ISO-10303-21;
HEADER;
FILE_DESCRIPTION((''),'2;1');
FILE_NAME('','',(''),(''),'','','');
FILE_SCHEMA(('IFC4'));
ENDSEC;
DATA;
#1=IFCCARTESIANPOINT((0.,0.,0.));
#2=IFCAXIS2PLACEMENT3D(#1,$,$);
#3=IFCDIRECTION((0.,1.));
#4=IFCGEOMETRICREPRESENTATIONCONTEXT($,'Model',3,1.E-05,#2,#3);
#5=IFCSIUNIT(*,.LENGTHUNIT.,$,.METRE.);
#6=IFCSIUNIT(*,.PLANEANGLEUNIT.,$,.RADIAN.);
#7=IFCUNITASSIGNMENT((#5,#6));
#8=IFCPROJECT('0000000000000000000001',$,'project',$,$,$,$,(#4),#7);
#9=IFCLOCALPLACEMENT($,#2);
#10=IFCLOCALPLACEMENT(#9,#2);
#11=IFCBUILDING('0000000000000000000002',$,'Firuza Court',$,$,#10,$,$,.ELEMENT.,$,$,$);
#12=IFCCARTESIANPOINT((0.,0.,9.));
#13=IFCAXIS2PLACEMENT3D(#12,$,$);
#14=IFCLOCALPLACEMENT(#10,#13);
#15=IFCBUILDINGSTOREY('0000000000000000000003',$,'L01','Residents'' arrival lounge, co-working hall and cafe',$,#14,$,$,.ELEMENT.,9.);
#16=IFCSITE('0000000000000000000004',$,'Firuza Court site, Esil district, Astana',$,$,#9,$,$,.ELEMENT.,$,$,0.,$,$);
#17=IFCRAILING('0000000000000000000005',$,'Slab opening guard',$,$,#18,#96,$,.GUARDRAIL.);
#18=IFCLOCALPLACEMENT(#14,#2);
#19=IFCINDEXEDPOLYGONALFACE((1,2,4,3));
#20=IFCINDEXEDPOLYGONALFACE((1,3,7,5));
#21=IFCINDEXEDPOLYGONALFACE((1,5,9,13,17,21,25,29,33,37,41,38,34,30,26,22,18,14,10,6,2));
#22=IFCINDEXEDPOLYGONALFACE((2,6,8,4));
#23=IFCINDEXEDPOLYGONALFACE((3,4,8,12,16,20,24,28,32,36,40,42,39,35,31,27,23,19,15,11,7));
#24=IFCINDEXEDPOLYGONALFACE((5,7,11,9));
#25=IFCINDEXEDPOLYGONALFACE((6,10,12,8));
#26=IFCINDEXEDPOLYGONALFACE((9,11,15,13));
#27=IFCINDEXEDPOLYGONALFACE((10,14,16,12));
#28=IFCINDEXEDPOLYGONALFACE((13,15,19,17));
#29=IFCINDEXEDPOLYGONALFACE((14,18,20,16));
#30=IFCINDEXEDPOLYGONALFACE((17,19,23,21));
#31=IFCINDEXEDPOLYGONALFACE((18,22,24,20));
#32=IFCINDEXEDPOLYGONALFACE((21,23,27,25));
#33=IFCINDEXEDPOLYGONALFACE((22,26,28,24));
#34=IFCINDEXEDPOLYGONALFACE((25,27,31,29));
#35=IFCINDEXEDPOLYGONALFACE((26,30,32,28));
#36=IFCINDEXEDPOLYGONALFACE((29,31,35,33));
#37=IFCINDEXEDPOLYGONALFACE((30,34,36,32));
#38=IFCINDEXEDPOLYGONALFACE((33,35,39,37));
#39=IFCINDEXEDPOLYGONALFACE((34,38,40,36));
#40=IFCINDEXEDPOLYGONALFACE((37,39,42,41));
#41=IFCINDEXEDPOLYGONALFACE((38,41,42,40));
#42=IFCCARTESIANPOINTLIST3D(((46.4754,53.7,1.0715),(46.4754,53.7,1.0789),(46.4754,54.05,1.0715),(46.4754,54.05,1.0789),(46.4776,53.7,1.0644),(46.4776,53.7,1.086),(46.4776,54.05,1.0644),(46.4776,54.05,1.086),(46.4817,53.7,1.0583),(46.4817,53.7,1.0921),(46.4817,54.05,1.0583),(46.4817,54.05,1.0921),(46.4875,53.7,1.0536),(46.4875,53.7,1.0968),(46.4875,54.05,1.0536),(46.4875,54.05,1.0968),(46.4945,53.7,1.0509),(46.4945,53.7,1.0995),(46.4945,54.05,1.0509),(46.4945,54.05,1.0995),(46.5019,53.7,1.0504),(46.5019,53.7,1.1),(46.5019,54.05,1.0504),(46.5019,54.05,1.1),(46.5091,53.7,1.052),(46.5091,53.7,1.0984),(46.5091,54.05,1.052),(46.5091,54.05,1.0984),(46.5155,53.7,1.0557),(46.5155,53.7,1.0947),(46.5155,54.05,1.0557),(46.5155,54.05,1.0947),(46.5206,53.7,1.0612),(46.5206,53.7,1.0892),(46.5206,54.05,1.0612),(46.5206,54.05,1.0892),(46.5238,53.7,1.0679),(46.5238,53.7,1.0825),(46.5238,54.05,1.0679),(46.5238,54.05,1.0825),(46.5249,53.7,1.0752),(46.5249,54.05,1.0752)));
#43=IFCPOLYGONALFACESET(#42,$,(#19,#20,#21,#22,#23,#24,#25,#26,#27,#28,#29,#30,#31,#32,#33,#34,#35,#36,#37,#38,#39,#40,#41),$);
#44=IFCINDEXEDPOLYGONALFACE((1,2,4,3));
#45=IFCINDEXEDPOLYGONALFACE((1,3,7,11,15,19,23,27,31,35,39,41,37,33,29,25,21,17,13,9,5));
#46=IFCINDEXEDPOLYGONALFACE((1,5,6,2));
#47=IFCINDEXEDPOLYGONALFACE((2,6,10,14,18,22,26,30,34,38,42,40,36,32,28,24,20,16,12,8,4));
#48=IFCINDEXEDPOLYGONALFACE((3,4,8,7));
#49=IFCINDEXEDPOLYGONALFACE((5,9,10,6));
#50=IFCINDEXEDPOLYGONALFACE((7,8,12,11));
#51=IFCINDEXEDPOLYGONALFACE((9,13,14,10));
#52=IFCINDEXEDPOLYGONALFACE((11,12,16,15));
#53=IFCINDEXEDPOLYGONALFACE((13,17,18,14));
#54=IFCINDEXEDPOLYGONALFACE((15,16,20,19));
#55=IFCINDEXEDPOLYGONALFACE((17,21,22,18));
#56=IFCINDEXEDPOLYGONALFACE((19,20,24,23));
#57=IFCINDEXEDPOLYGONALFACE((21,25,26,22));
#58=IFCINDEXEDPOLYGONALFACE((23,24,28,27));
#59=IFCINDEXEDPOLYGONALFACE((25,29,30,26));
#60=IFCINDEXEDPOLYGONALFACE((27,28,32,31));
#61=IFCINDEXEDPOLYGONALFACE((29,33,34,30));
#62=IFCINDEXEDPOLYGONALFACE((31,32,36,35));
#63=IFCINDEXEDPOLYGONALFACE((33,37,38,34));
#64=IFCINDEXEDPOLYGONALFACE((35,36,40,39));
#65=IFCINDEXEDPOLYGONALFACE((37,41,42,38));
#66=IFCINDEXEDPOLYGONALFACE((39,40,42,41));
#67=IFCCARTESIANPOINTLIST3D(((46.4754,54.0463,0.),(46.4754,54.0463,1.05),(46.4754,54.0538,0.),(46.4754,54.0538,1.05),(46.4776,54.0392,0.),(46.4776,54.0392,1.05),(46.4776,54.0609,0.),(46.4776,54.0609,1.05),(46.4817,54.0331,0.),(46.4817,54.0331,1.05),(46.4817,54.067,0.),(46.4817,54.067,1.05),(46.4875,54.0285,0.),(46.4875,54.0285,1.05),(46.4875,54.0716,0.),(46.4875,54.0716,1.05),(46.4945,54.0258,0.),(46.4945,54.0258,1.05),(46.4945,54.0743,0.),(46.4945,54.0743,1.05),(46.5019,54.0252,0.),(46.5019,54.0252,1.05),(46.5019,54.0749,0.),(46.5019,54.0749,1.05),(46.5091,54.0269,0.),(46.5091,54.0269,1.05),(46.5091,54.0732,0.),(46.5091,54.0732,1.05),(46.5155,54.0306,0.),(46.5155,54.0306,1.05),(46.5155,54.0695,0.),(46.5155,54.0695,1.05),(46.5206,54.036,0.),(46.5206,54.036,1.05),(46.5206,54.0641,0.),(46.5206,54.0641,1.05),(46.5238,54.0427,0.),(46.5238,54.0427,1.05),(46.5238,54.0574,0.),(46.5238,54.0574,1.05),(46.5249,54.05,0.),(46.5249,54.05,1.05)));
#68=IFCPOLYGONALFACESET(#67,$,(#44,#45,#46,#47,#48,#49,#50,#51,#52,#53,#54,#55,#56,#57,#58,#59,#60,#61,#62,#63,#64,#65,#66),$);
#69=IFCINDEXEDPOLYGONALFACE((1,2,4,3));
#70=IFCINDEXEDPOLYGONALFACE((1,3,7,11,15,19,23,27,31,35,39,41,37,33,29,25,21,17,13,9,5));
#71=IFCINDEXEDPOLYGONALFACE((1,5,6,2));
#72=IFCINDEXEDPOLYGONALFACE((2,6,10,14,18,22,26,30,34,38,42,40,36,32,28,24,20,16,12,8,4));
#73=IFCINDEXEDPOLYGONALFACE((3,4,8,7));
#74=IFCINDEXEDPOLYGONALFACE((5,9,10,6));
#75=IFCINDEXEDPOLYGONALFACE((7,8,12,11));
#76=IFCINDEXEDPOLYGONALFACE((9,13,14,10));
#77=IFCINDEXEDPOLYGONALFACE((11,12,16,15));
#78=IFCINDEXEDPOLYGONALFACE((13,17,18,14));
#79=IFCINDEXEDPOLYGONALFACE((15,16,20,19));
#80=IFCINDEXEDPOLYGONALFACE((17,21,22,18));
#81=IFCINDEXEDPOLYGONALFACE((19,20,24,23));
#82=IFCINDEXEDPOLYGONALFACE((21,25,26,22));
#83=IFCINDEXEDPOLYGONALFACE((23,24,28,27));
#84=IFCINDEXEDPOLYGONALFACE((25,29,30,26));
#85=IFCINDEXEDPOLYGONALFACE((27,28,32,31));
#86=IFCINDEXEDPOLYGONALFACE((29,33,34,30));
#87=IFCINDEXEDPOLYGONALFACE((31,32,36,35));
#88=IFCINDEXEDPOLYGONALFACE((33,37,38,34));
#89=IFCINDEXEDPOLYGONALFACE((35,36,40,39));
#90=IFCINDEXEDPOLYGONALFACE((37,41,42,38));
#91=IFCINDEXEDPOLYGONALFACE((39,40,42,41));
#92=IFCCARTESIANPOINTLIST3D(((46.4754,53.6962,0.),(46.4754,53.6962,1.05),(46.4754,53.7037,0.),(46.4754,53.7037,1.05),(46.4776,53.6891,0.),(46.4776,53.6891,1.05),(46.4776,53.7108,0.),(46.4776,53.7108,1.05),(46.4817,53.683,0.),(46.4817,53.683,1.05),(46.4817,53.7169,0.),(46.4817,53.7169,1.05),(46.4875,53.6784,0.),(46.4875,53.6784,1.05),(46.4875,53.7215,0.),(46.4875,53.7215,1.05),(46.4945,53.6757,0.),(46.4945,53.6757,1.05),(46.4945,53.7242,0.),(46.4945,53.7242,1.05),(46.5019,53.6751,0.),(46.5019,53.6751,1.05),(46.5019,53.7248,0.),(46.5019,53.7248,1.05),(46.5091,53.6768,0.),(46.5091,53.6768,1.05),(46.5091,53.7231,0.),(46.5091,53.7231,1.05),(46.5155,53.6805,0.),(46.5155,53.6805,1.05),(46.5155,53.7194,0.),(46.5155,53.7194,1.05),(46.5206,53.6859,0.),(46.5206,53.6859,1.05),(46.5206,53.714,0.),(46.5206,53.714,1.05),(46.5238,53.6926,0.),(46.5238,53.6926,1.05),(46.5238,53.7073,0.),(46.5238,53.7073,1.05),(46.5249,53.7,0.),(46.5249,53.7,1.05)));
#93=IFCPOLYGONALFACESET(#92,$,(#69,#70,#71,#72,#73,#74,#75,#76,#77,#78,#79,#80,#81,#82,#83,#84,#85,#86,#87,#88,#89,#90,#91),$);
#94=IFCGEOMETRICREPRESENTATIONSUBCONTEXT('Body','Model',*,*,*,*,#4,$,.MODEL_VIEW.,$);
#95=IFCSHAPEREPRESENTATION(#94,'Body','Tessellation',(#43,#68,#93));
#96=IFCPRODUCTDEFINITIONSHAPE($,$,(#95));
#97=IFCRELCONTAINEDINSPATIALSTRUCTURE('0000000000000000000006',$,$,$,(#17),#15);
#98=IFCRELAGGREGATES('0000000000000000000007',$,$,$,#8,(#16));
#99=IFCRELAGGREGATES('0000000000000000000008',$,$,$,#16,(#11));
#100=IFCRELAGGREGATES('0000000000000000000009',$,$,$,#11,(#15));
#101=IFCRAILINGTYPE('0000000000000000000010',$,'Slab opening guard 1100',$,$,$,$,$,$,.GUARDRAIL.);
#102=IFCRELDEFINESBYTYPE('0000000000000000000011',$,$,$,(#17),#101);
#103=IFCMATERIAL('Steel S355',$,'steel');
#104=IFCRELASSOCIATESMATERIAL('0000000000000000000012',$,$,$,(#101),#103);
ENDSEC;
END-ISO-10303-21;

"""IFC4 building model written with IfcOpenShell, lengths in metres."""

from ifc_helpers import new_model, si_unit, direction, frame, origin, origin_2d, place, context, subcontext, project, spatial, circle, extrude, material, type_object, element, save


model = new_model("IFC4")

# Units and contexts
model_context = context("Model", 3, precision=1e-05, world=origin(), true_north=direction((0.0, 1.0)))
body_context = subcontext(model_context, "Body", "Model", "MODEL_VIEW")
ifc_project = project(units=[si_unit("LENGTHUNIT", "METRE"), si_unit("PLANEANGLEUNIT", "RADIAN")], contexts=[model_context])

# Site, building, storey
site_placement = place(None, origin())
site = spatial("IfcSite", under=ifc_project, at=site_placement, Name="Firuza Court site, Esil district, Astana", CompositionType="ELEMENT", RefElevation=0.0)
building_placement = place(site_placement, origin())
building = spatial("IfcBuilding", under=site, at=building_placement, Name="Firuza Court", CompositionType="ELEMENT")
storey_placement = place(building_placement, frame((0.0, 0.0, 9.0)))
storey = spatial("IfcBuildingStorey", under=building, at=storey_placement, Name="L01", Description="Residents' arrival lounge, co-working hall and cafe", CompositionType="ELEMENT", Elevation=9.0)

# Railing
ifc_material_1 = material(Name="Steel S355", Category="steel")
railing_type_1 = type_object("IfcRailingType", Name="Slab opening guard 1100", PredefinedType="GUARDRAIL", material=ifc_material_1)
railing_1_placement = place(storey_placement, frame((46.5, 54.05, 0.0)))
element("IfcRailing", 1, at=railing_1_placement, inside=storey, type_object=railing_type_1, Name="Slab opening guard", PredefinedType="GUARDRAIL", context=body_context, shape_type="SweptSolid", body=[
    extrude(circle(Radius=0.0249, at=origin_2d()), frame((0.0, 0.0, 1.0752), z_axis=(0.0, -1.0, 0.0), x_axis=(1.0, 0.0, 0.0)), (0.0, 0.0, 1.0), 0.3501),
    extrude(circle(Radius=0.0249, at=origin_2d()), origin(), (0.0, 0.0, 1.0), 1.05),
    extrude(circle(Radius=0.0249, at=origin_2d()), frame((0.0, -0.3501, 0.0)), (0.0, 0.0, 1.0), 1.05),
])

save(model, "model.ifc")
